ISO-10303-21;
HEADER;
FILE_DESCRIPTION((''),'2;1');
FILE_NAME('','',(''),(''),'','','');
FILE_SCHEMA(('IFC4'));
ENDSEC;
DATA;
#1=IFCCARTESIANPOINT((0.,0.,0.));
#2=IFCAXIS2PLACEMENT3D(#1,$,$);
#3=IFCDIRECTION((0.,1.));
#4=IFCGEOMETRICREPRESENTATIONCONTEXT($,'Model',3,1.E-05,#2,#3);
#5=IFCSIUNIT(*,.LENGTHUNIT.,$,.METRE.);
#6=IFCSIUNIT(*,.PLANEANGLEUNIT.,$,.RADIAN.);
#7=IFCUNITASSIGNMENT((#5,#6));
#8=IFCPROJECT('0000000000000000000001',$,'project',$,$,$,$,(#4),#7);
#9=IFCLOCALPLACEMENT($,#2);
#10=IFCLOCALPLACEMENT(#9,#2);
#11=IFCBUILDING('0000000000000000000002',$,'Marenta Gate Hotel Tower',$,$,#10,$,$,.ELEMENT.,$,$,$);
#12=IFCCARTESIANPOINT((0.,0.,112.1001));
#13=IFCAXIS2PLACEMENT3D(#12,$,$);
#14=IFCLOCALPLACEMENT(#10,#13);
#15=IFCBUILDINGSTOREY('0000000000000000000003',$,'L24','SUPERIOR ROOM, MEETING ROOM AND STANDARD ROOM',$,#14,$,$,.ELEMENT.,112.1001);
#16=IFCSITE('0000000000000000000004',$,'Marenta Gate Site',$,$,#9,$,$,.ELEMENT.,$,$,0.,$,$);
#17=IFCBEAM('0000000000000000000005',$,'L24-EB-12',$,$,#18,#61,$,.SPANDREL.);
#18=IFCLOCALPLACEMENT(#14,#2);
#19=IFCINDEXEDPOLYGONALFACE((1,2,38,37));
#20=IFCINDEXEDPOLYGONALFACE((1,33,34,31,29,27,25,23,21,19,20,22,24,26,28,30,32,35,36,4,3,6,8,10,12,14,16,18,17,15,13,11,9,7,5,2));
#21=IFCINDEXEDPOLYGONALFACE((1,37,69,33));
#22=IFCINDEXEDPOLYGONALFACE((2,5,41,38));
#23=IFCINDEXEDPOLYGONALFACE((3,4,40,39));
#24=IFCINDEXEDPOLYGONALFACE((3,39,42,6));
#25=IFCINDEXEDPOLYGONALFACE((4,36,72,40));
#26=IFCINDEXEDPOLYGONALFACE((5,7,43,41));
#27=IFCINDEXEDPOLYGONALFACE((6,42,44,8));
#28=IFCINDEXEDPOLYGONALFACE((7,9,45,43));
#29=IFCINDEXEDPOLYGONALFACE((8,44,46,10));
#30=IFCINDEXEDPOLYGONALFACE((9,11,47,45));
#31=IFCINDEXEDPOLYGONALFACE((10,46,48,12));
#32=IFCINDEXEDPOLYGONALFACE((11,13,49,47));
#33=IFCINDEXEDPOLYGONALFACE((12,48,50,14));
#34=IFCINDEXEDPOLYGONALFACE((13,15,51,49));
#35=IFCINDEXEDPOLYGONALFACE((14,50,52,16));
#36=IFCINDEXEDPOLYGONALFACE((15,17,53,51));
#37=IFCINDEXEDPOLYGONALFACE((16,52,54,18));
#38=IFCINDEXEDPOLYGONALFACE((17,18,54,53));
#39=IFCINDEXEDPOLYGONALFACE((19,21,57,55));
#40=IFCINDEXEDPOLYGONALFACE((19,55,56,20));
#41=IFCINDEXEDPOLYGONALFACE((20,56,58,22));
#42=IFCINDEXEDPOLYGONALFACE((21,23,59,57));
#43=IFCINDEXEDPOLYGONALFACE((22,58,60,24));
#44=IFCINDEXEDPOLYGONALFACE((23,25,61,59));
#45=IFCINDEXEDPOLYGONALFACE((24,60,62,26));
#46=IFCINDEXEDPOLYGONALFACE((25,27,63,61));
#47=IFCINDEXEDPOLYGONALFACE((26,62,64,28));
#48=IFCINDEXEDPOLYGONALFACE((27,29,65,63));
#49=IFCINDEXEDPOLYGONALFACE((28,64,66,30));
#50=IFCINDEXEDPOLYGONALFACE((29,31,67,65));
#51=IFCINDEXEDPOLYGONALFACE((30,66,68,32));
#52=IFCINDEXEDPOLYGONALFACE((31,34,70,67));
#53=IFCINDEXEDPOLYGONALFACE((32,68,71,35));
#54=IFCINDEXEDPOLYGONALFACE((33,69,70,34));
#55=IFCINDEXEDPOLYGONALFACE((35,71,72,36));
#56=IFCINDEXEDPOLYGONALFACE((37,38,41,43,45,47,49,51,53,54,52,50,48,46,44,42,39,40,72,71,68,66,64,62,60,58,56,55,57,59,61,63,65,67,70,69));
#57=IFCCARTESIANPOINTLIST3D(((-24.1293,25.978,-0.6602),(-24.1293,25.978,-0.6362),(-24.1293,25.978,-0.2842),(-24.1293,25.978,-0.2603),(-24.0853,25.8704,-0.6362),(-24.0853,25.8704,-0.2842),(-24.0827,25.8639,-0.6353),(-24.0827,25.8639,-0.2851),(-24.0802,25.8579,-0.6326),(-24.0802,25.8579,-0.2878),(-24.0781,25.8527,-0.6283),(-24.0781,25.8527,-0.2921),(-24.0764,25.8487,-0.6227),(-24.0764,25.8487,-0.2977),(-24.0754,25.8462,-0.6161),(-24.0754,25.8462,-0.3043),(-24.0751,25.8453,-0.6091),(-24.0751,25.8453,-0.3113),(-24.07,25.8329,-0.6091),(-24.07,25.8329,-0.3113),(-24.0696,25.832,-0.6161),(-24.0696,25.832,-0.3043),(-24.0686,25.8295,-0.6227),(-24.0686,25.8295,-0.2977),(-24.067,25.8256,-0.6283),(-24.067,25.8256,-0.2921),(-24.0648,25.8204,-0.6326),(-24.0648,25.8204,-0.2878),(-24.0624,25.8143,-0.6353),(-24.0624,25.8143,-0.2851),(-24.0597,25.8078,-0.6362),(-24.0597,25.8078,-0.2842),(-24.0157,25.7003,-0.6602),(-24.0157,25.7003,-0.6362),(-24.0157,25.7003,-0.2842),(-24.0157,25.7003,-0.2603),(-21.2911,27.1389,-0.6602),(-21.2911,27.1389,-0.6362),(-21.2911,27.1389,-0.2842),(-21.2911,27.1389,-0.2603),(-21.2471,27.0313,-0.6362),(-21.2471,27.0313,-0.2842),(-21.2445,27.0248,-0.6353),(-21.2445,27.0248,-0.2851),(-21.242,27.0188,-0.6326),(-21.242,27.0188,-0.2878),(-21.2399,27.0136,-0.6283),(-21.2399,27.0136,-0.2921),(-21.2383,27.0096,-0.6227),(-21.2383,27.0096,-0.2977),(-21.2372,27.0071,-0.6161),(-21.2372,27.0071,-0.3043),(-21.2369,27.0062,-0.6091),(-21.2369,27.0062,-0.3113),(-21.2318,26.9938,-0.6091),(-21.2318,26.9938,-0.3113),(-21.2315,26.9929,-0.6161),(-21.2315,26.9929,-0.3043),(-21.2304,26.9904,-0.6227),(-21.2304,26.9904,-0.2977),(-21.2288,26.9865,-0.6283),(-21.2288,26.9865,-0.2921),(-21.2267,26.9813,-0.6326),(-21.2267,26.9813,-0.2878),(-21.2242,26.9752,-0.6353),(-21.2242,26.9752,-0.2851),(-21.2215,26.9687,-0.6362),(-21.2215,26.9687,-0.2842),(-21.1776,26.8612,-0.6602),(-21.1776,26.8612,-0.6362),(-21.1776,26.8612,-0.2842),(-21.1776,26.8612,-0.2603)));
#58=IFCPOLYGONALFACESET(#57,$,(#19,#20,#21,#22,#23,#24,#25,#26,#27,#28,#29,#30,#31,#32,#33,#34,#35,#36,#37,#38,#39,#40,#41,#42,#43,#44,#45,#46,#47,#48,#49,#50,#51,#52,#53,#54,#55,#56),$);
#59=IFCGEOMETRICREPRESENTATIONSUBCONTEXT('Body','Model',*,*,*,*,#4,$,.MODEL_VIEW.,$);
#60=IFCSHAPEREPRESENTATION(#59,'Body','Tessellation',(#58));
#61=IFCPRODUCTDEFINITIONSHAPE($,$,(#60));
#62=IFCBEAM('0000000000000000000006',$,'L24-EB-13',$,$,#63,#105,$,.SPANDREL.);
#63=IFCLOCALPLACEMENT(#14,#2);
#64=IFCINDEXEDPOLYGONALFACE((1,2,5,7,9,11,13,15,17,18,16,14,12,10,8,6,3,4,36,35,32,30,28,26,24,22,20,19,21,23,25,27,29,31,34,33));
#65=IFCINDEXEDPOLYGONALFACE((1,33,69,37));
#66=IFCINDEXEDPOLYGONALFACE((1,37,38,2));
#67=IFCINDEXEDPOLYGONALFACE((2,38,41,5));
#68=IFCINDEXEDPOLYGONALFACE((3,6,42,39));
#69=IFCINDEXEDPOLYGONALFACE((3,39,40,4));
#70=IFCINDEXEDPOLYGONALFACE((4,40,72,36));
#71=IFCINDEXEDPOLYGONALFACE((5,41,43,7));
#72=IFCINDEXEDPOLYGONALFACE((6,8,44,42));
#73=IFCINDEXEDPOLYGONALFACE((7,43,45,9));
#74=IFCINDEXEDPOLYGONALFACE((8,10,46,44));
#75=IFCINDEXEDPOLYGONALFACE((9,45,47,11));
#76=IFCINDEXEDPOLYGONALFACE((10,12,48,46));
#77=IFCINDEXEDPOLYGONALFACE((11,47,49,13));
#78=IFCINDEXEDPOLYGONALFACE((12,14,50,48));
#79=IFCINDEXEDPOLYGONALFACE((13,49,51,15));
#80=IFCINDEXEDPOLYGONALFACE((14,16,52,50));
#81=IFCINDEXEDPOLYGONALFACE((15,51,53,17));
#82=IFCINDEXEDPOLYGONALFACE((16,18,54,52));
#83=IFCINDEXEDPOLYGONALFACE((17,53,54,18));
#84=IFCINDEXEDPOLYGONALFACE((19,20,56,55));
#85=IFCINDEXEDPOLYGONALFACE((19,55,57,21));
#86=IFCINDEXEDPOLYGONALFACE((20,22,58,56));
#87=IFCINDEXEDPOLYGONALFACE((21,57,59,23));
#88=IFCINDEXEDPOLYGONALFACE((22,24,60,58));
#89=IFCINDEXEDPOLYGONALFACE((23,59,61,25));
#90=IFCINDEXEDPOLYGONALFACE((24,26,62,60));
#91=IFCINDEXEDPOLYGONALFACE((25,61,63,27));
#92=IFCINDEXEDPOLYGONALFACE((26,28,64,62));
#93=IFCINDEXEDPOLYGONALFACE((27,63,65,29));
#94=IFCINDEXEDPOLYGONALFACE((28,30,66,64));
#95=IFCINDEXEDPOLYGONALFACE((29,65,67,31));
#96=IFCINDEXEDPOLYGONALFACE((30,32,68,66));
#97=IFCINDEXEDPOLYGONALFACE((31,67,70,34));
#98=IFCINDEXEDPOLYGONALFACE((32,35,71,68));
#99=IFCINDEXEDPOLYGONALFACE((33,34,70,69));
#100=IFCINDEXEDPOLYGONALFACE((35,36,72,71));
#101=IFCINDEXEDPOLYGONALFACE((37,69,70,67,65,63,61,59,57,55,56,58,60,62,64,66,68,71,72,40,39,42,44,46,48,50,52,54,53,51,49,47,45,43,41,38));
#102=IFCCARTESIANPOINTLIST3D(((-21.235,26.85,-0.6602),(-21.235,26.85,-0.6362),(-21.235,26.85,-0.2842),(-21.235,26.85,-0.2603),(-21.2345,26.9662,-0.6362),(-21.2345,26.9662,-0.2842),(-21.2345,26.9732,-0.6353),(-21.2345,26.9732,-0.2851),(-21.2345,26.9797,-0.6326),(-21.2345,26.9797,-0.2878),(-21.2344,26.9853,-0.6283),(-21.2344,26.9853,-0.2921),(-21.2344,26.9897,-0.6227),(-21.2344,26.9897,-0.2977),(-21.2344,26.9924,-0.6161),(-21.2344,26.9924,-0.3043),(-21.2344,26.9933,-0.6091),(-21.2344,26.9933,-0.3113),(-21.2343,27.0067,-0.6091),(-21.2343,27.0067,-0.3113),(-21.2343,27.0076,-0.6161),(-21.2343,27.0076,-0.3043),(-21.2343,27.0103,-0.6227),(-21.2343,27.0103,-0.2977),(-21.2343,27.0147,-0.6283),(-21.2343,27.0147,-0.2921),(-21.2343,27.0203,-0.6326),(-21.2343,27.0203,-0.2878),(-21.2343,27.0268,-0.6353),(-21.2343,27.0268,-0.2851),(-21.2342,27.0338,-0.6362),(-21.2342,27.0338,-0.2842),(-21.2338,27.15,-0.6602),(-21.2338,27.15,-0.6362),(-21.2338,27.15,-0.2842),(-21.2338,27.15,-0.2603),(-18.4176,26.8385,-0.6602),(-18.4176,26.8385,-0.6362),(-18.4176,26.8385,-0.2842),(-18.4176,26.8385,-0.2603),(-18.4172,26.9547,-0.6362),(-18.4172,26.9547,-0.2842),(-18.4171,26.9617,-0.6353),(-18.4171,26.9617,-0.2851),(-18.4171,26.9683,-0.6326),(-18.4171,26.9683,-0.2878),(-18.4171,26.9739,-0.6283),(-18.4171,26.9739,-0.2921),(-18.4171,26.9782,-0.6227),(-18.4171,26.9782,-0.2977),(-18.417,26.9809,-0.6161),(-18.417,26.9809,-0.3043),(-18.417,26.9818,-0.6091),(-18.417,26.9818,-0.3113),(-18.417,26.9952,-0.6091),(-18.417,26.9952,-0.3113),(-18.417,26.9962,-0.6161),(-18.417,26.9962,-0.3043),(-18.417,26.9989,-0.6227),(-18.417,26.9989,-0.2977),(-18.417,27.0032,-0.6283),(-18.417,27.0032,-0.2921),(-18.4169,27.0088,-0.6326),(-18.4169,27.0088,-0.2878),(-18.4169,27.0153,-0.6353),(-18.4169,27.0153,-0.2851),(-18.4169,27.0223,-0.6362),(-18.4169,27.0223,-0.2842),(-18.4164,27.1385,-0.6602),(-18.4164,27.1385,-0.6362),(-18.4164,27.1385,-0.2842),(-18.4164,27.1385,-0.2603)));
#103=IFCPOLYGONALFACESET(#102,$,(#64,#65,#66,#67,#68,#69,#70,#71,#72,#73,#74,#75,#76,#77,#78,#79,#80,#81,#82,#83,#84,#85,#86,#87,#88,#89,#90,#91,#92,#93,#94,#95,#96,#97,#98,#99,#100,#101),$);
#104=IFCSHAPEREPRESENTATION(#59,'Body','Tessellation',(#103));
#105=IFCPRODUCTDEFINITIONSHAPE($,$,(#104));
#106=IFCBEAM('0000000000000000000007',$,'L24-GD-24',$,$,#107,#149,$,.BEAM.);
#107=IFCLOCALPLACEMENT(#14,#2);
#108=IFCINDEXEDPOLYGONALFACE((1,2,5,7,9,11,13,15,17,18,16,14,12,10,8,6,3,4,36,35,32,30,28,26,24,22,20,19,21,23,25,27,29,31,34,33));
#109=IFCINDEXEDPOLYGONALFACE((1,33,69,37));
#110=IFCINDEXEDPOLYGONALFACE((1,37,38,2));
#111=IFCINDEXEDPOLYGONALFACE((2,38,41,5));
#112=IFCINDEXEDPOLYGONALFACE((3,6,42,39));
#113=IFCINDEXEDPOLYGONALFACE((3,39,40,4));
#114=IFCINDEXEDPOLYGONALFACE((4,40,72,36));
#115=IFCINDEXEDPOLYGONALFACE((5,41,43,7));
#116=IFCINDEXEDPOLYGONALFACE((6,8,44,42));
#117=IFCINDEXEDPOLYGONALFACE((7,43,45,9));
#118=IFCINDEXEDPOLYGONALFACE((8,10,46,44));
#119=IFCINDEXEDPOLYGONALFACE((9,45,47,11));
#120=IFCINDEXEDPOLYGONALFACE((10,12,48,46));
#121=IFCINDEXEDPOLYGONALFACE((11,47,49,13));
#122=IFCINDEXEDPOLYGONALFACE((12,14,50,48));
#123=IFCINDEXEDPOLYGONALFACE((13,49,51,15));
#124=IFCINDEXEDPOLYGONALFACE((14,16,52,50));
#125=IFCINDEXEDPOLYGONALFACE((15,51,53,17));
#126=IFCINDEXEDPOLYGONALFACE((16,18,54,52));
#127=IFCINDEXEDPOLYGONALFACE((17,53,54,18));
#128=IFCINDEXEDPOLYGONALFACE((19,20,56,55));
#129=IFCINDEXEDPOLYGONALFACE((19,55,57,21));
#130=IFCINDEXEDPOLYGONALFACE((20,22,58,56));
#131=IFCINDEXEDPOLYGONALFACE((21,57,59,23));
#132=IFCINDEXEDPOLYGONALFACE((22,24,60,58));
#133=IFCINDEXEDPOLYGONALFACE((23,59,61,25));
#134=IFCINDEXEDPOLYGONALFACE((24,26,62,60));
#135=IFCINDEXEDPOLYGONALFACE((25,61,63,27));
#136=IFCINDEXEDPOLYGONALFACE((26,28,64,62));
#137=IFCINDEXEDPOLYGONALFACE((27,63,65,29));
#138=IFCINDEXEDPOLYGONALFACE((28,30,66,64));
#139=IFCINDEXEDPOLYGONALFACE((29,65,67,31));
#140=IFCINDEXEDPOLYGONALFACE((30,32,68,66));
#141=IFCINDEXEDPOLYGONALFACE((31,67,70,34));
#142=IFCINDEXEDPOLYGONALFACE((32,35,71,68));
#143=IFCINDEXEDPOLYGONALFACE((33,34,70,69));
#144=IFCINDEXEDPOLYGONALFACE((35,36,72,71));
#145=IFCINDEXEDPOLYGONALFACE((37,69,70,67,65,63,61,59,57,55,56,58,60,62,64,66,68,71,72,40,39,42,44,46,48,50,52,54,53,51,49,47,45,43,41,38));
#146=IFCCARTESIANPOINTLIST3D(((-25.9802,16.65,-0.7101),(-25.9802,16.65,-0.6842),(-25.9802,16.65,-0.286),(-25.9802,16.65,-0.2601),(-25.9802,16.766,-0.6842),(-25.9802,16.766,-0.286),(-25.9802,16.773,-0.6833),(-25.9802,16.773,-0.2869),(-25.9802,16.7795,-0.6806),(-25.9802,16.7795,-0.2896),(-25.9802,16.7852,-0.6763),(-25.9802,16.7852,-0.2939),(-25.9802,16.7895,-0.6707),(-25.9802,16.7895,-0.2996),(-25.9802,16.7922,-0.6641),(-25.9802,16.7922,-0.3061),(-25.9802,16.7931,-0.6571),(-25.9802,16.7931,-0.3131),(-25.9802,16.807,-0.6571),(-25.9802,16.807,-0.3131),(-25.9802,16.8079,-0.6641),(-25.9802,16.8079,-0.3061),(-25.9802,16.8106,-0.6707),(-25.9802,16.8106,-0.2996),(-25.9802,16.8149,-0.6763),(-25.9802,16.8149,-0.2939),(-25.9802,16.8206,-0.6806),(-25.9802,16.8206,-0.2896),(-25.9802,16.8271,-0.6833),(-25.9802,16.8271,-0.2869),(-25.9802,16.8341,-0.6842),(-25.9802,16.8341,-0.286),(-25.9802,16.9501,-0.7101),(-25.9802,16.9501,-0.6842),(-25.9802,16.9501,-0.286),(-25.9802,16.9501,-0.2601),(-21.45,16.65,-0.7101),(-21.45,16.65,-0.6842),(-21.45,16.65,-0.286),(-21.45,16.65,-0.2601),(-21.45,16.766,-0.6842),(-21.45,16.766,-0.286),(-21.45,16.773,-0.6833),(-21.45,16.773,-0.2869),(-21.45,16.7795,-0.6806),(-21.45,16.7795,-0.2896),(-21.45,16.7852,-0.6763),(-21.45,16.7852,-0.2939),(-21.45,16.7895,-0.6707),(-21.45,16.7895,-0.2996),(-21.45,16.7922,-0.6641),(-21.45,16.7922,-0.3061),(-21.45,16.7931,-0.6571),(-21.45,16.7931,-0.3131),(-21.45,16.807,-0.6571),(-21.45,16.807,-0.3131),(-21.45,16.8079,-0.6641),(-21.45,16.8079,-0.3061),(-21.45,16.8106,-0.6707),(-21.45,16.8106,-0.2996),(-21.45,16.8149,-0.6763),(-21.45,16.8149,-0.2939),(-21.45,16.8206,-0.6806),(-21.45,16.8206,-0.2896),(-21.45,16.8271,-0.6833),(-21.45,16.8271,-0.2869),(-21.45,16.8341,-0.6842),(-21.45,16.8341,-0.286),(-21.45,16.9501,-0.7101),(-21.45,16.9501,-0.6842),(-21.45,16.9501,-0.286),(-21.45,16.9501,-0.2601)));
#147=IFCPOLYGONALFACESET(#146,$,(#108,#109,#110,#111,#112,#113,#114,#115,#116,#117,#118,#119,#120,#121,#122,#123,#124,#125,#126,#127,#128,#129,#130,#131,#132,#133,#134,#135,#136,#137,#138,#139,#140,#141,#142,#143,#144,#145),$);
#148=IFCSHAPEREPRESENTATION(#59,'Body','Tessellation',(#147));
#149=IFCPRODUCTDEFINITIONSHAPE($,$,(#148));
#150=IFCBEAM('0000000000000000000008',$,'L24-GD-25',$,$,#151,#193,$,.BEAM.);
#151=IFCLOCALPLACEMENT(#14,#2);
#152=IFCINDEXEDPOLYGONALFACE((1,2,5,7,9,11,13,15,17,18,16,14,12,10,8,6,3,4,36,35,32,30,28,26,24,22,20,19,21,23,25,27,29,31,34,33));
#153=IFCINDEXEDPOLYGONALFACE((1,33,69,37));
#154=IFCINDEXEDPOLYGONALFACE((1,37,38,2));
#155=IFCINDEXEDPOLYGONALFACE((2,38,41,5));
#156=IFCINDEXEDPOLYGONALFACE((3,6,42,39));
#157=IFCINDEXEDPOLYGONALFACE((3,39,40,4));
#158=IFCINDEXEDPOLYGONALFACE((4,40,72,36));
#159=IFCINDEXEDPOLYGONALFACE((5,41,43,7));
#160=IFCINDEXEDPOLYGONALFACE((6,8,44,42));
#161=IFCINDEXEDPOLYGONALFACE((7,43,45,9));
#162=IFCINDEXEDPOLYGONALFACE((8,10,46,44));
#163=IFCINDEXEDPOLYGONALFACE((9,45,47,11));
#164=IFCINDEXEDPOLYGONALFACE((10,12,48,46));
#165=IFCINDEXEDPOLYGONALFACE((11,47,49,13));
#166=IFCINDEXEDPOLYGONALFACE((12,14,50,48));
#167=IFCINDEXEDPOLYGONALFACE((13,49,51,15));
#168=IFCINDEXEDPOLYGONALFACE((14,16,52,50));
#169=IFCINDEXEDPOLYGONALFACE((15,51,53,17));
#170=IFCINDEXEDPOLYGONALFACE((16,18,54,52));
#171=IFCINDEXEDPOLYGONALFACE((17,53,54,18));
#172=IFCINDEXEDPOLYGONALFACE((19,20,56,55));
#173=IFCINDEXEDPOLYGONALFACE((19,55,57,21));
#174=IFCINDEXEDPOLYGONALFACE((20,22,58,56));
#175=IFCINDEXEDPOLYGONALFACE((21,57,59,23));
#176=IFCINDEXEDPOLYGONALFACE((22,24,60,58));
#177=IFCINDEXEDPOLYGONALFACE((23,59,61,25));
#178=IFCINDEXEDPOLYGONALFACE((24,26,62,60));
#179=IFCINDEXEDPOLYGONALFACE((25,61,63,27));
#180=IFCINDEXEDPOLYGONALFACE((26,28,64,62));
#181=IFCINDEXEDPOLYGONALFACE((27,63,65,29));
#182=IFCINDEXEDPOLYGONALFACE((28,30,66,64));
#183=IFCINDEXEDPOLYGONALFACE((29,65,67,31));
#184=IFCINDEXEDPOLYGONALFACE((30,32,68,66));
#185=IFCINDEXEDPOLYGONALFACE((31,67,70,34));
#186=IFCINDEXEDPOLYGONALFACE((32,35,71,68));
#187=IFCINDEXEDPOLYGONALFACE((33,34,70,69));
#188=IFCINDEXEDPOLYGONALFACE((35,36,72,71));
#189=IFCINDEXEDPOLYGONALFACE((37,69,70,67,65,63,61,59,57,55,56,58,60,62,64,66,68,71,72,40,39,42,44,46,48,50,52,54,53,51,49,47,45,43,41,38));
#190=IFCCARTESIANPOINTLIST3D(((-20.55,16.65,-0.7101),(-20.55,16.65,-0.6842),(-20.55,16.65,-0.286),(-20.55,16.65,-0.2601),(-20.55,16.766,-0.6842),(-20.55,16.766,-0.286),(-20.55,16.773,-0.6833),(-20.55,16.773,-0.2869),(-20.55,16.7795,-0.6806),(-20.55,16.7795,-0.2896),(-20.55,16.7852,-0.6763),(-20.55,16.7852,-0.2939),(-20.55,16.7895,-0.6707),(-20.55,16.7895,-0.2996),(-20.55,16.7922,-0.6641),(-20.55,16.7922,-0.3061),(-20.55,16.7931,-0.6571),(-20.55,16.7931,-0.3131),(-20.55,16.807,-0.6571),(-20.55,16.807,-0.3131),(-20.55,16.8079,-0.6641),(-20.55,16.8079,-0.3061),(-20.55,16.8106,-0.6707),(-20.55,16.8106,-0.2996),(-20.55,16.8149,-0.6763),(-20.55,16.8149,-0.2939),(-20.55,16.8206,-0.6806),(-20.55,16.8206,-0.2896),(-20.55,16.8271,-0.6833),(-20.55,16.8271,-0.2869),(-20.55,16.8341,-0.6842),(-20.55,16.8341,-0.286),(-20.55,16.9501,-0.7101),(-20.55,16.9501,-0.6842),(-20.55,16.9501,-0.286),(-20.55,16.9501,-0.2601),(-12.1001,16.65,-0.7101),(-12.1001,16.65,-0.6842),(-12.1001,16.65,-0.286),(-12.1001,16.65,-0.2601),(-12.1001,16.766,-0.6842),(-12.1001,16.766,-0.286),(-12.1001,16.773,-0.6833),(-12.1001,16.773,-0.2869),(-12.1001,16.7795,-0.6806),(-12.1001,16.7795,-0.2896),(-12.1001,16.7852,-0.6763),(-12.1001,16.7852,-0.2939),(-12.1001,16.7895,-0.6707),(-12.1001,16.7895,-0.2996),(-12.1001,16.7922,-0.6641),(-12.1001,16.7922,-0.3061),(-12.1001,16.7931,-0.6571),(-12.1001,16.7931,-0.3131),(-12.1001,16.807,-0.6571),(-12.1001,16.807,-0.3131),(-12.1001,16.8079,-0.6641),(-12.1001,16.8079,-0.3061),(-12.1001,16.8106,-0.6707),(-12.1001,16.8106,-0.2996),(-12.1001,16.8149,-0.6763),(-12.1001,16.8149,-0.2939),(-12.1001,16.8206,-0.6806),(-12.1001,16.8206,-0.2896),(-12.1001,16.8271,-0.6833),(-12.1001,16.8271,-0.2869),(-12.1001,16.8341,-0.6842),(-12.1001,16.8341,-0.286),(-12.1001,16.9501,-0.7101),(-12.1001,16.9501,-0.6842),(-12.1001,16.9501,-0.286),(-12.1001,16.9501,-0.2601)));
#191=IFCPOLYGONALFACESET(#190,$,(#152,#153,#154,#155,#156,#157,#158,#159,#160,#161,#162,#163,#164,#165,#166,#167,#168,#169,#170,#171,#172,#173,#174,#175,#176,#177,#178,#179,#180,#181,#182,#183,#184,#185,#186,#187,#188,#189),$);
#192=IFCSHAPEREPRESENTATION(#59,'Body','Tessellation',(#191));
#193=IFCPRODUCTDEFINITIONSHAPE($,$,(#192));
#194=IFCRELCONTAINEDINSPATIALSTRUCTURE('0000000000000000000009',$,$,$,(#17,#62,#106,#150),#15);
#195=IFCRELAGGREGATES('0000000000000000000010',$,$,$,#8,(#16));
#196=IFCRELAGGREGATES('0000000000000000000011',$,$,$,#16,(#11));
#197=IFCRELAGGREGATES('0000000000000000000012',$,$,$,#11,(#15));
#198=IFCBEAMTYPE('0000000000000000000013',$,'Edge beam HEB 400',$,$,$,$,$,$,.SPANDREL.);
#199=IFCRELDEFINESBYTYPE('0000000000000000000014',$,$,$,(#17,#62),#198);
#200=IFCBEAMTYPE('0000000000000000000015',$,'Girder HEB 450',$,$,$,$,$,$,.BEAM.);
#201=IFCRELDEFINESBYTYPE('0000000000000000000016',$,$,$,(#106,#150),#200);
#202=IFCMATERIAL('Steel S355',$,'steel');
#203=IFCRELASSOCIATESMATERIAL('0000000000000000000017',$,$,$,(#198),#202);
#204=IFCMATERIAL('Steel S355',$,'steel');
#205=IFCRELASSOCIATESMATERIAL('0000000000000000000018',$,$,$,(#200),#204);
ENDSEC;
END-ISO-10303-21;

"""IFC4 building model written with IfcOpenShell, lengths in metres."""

from ifc_helpers import new_model, si_unit, direction, frame, origin, origin_2d, place, context, subcontext, project, spatial, i_section, extrude, material, material_profile, profile_set, type_object, element, save


model = new_model("IFC4")

# Units and contexts
model_context = context("Model", 3, precision=1e-05, world=origin(), true_north=direction((0.0, 1.0)))
body_context = subcontext(model_context, "Body", "Model", "MODEL_VIEW")
ifc_project = project(units=[si_unit("LENGTHUNIT", "METRE"), si_unit("PLANEANGLEUNIT", "RADIAN")], contexts=[model_context])

# Site, building, storey
site_placement = place(None, origin())
site = spatial("IfcSite", under=ifc_project, at=site_placement, Name="Marenta Gate Site", CompositionType="ELEMENT", RefElevation=0.0)
building_placement = place(site_placement, origin())
building = spatial("IfcBuilding", under=site, at=building_placement, Name="Marenta Gate Hotel Tower", CompositionType="ELEMENT")
storey_placement = place(building_placement, frame((0.0, 0.0, 112.1001)))
storey = spatial("IfcBuildingStorey", under=building, at=storey_placement, Name="L24", Description="SUPERIOR ROOM, MEETING ROOM AND STANDARD ROOM", CompositionType="ELEMENT", Elevation=112.1001)

# Beams
ifc_material_1 = material(Name="Steel S355", Category="steel")
ifc_material_profile_1 = material_profile(ifc_material_1, i_section(OverallWidth=0.3, OverallDepth=0.3999, WebThickness=0.0134, FlangeThickness=0.0239, FilletRadius=0.0271, at=origin_2d()), Name="HEB 400")
ifc_profile_set_1 = profile_set([ifc_material_profile_1], Name="Steel S355")
beam_type_1 = type_object("IfcBeamType", Name="Edge beam HEB 400", PredefinedType="SPANDREL", material=ifc_profile_set_1)
beam_1_placement = place(storey_placement, frame((-24.0725, 25.8391, -0.4602), z_axis=(0.925566, 0.378586, 0.0), x_axis=(-0.378586, 0.925566, 0.0)))
element("IfcBeam", 1, at=beam_1_placement, inside=storey, type_object=beam_type_1, Name="L24-EB-12", PredefinedType="SPANDREL", context=body_context, shape_type="SweptSolid", body=[
    extrude(i_section(OverallWidth=0.3, OverallDepth=0.3999, WebThickness=0.0134, FlangeThickness=0.0239, FilletRadius=0.0271, at=origin_2d()), origin(), (0.0, 0.0, 1.0), 3.0664),
])
beam_2_placement = place(storey_placement, frame((-21.2344, 27.0, -0.4602), z_axis=(0.999992, -0.004073, 0.0), x_axis=(0.004073, 0.999992, 0.0)))
element("IfcBeam", 2, at=beam_2_placement, inside=storey, type_object=beam_type_1, Name="L24-EB-13", PredefinedType="SPANDREL", context=body_context, shape_type="SweptSolid", body=[
    extrude(i_section(OverallWidth=0.3, OverallDepth=0.3999, WebThickness=0.0134, FlangeThickness=0.0239, FilletRadius=0.0271, at=origin_2d()), origin(), (0.0, 0.0, 1.0), 2.8174),
])
ifc_material_2 = material(Name="Steel S355", Category="steel")
ifc_material_profile_2 = material_profile(ifc_material_2, i_section(OverallWidth=0.3, OverallDepth=0.45, WebThickness=0.0139, FlangeThickness=0.0259, FilletRadius=0.0271, at=origin_2d()), Name="HEB 450")
ifc_profile_set_2 = profile_set([ifc_material_profile_2], Name="Steel S355")
beam_type_2 = type_object("IfcBeamType", Name="Girder HEB 450", PredefinedType="BEAM", material=ifc_profile_set_2)
beam_3_placement = place(storey_placement, frame((-25.9802, 16.8, -0.4851), z_axis=(1.0, 0.0, 0.0), x_axis=(0.0, 1.0, 0.0)))
element("IfcBeam", 3, at=beam_3_placement, inside=storey, type_object=beam_type_2, Name="L24-GD-24", PredefinedType="BEAM", context=body_context, shape_type="SweptSolid", body=[
    extrude(i_section(OverallWidth=0.3, OverallDepth=0.45, WebThickness=0.0139, FlangeThickness=0.0259, FilletRadius=0.0271, at=origin_2d()), origin(), (0.0, 0.0, 1.0), 4.5303),
])
beam_4_placement = place(storey_placement, frame((-20.55, 16.8, -0.4851), z_axis=(1.0, 0.0, 0.0), x_axis=(0.0, 1.0, 0.0)))
element("IfcBeam", 4, at=beam_4_placement, inside=storey, type_object=beam_type_2, Name="L24-GD-25", PredefinedType="BEAM", context=body_context, shape_type="SweptSolid", body=[
    extrude(i_section(OverallWidth=0.3, OverallDepth=0.45, WebThickness=0.0139, FlangeThickness=0.0259, FilletRadius=0.0271, at=origin_2d()), origin(), (0.0, 0.0, 1.0), 8.45),
])

save(model, "model.ifc")
